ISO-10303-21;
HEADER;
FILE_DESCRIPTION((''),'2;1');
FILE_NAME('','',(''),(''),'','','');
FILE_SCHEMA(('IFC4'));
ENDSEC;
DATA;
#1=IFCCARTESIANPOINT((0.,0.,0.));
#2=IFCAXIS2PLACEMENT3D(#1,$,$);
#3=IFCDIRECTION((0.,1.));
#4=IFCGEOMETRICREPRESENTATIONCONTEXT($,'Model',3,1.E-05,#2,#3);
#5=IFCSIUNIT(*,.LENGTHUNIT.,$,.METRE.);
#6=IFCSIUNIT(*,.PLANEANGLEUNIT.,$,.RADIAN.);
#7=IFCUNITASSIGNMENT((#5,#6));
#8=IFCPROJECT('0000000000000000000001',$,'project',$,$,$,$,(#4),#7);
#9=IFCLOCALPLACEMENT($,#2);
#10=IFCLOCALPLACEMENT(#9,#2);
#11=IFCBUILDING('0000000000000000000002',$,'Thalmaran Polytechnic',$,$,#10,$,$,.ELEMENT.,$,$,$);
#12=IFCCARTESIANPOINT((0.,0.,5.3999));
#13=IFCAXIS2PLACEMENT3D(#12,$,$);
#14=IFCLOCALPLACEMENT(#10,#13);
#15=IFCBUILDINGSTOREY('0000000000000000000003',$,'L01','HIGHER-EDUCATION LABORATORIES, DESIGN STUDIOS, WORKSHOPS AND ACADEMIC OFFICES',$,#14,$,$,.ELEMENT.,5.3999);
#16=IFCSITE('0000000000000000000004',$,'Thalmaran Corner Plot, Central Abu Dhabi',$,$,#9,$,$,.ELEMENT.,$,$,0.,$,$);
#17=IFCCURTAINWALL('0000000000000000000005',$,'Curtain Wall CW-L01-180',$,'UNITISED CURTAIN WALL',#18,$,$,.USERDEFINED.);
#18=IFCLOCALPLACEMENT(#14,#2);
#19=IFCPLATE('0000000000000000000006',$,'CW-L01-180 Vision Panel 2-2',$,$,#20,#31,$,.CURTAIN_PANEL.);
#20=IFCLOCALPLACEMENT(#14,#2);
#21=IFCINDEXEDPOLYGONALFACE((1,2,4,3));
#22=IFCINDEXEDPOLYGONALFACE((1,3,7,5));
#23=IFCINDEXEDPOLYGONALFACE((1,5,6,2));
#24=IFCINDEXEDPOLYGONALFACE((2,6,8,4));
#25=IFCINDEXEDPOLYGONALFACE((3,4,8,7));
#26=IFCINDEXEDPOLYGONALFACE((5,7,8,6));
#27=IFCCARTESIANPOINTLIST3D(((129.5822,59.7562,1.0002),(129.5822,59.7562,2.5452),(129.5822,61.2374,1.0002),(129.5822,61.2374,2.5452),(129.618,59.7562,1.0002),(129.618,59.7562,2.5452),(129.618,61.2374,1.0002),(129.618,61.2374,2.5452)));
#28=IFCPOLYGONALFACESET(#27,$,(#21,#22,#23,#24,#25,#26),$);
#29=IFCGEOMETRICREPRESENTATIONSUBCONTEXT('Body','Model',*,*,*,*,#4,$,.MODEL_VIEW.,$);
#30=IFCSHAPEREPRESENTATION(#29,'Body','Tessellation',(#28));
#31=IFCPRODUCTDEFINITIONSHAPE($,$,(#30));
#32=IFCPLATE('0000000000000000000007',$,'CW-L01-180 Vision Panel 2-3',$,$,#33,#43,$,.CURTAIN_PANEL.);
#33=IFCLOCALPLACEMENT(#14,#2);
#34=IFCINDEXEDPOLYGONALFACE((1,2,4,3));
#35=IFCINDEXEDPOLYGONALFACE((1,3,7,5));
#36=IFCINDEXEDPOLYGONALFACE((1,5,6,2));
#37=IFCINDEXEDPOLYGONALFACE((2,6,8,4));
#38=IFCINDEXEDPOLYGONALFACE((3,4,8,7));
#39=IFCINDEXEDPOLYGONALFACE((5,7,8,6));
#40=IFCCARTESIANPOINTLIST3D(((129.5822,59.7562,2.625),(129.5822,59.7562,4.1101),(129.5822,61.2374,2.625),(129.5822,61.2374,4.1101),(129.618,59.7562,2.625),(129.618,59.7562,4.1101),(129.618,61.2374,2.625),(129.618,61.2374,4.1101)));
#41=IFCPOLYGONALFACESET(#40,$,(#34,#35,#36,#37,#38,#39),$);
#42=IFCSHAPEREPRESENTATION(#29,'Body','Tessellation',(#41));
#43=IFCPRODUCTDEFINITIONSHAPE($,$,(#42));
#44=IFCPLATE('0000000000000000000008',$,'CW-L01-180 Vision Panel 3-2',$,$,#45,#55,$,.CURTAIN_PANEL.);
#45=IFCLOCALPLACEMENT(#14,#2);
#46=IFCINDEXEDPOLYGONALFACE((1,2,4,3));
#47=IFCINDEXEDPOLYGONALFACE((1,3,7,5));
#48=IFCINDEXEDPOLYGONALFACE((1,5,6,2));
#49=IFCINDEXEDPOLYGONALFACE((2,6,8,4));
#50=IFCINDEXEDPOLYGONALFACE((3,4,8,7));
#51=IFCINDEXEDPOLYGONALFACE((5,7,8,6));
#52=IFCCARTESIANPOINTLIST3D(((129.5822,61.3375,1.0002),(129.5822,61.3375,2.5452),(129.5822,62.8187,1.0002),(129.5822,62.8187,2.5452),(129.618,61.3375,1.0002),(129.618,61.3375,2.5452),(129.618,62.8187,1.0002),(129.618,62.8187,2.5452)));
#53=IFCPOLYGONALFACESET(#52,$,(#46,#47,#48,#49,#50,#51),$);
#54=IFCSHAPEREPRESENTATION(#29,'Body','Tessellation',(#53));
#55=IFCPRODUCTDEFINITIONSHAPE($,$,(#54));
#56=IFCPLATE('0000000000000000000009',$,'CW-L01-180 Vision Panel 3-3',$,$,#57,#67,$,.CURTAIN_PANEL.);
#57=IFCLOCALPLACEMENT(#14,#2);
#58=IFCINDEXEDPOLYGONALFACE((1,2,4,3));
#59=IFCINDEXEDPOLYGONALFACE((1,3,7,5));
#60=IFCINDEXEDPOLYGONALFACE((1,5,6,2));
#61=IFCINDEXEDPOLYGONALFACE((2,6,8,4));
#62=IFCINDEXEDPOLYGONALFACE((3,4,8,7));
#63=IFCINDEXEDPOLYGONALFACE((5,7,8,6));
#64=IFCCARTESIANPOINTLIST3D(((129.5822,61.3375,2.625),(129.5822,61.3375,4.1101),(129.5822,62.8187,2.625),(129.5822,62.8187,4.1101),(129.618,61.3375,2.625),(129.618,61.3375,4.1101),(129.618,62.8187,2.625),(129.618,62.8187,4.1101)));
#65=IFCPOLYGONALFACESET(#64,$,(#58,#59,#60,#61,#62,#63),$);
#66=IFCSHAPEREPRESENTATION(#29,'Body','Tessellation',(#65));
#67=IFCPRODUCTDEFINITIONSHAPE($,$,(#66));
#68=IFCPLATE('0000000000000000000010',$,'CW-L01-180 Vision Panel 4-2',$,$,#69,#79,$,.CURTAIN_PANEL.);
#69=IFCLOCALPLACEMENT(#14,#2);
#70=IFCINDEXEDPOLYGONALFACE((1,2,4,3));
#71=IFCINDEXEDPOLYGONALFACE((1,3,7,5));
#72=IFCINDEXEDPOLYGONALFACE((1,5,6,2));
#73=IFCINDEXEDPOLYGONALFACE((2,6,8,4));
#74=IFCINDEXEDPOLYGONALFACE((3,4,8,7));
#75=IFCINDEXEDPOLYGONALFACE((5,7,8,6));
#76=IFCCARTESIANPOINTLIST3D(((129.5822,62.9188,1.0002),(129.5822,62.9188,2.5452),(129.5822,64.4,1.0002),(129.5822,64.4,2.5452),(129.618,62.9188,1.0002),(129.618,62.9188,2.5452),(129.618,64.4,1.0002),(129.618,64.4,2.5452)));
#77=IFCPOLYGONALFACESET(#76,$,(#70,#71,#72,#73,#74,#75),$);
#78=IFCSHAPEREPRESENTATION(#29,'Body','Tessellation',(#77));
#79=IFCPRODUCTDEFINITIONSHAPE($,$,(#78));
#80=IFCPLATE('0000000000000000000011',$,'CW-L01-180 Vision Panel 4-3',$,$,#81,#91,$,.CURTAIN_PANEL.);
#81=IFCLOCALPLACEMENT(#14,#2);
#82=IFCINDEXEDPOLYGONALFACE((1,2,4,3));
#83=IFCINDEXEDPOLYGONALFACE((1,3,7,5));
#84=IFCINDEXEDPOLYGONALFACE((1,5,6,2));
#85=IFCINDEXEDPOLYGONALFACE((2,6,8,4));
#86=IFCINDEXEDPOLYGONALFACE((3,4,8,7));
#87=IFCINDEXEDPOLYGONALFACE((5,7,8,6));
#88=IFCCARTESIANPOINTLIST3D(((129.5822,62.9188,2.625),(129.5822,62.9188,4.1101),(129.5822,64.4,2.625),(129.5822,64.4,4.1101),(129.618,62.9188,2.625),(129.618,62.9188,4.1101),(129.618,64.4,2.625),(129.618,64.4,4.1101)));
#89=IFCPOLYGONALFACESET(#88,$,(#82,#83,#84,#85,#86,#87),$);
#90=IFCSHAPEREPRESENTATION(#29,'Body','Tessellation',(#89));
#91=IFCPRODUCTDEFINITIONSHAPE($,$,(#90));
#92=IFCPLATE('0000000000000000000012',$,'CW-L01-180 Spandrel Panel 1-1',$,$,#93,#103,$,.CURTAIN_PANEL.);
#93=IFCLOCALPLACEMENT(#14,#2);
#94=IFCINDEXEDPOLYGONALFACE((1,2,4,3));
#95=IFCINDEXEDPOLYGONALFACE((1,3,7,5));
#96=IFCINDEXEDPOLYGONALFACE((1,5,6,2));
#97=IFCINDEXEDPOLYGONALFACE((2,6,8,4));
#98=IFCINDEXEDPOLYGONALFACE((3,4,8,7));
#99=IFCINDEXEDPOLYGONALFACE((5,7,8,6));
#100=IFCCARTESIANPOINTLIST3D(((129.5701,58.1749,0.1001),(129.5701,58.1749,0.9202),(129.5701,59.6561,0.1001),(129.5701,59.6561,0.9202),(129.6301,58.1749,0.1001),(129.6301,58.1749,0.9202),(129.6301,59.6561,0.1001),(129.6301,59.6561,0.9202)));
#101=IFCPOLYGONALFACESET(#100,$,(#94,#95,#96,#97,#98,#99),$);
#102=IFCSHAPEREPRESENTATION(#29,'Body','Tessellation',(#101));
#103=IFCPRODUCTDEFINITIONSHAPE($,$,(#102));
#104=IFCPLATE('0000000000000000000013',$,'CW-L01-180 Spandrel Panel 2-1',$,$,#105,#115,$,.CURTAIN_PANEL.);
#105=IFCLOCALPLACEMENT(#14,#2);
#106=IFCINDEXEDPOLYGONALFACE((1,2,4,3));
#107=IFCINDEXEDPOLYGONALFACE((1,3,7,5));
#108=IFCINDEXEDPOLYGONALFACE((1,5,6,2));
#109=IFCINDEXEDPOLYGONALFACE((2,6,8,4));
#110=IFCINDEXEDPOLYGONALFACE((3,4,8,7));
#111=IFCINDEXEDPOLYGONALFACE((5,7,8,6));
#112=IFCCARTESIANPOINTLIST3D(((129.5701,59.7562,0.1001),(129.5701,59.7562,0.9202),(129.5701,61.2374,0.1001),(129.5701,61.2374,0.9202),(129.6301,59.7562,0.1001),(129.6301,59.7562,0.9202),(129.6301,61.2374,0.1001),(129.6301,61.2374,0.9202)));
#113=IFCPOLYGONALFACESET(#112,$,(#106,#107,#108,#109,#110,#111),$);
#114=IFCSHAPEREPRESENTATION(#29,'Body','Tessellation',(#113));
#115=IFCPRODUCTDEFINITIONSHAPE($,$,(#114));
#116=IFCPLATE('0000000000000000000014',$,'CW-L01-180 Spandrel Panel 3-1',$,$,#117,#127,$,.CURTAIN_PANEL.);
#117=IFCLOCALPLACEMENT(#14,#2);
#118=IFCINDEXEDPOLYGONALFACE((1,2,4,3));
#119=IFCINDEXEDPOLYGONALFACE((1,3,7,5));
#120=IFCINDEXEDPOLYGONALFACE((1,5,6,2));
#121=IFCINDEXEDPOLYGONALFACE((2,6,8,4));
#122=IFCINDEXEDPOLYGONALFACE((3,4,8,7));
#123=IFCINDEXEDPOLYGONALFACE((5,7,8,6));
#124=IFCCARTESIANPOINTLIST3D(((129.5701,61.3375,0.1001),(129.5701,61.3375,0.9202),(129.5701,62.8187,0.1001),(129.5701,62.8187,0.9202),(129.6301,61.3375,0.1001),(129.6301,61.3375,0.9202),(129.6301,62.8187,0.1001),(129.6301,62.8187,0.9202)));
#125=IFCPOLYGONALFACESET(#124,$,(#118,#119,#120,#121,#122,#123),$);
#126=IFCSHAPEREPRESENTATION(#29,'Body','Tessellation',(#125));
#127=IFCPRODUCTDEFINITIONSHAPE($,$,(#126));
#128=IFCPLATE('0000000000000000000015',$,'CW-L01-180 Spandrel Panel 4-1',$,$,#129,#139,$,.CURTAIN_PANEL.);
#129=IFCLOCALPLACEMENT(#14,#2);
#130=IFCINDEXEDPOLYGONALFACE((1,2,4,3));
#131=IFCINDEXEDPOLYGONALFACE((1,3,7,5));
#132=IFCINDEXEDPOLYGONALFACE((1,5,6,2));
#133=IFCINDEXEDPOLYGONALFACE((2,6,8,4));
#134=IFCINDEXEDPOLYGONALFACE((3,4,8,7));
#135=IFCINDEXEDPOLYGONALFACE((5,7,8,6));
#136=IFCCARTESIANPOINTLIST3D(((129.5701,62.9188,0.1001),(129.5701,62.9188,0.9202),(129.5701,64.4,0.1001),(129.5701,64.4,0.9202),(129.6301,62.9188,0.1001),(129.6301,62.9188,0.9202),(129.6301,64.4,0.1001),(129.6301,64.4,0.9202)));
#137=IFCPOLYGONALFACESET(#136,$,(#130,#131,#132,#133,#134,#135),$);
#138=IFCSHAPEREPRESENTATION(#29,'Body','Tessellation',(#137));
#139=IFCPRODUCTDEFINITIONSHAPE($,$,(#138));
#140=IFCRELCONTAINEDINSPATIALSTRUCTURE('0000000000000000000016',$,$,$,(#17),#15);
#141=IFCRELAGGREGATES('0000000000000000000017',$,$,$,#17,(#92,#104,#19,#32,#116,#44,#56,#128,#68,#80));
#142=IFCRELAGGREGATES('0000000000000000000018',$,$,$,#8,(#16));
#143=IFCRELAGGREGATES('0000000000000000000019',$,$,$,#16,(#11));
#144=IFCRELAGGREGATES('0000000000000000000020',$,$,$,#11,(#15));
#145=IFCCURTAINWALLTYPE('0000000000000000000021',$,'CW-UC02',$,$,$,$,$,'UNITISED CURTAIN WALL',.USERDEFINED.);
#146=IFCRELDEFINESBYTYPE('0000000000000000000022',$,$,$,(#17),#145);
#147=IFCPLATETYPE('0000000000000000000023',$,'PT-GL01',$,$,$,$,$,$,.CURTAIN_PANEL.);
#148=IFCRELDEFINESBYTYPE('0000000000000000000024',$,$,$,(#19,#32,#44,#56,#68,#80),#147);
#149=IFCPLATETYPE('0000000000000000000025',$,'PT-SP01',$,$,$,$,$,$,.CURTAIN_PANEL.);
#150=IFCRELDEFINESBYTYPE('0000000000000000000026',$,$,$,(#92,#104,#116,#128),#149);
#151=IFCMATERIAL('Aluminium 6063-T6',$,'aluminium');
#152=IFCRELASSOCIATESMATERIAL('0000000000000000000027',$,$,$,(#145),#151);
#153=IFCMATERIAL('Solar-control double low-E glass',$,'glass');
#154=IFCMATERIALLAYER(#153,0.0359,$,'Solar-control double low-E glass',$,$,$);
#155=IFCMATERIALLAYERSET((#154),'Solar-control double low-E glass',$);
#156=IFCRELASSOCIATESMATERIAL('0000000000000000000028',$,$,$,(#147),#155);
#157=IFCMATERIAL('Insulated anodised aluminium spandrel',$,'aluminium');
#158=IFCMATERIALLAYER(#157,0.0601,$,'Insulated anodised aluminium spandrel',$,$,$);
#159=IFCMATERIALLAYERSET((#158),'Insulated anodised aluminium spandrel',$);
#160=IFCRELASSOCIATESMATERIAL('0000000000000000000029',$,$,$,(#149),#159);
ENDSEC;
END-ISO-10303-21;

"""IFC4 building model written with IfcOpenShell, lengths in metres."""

from ifc_helpers import new_model, si_unit, direction, frame, origin, origin_2d, place, context, subcontext, project, spatial, rectangle, extrude, material, layer, layer_set, type_object, element, aggregate, save


model = new_model("IFC4")

# Units and contexts
model_context = context("Model", 3, precision=1e-05, world=origin(), true_north=direction((0.0, 1.0)))
body_context = subcontext(model_context, "Body", "Model", "MODEL_VIEW")
ifc_project = project(units=[si_unit("LENGTHUNIT", "METRE"), si_unit("PLANEANGLEUNIT", "RADIAN")], contexts=[model_context])

# Site, building, storey
site_placement = place(None, origin())
site = spatial("IfcSite", under=ifc_project, at=site_placement, Name="Thalmaran Corner Plot, Central Abu Dhabi", CompositionType="ELEMENT", RefElevation=0.0)
building_placement = place(site_placement, origin())
building = spatial("IfcBuilding", under=site, at=building_placement, Name="Thalmaran Polytechnic", CompositionType="ELEMENT")
storey_placement = place(building_placement, frame((0.0, 0.0, 5.3999)))
storey = spatial("IfcBuildingStorey", under=building, at=storey_placement, Name="L01", Description="HIGHER-EDUCATION LABORATORIES, DESIGN STUDIOS, WORKSHOPS AND ACADEMIC OFFICES", CompositionType="ELEMENT", Elevation=5.3999)

# Curtain wall
ifc_material_1 = material(Name="Aluminium 6063-T6", Category="aluminium")
curtain_wall_type = type_object("IfcCurtainWallType", Name="CW-UC02", ElementType="UNITISED CURTAIN WALL", PredefinedType="USERDEFINED", material=ifc_material_1)
curtain_wall_1_placement = place(storey_placement, origin())
curtain_wall_1 = element("IfcCurtainWall", 1, at=curtain_wall_1_placement, inside=storey, type_object=curtain_wall_type, Name="Curtain Wall CW-L01-180", ObjectType="UNITISED CURTAIN WALL", PredefinedType="USERDEFINED")

# Plates
ifc_material_2 = material(Name="Solar-control double low-E glass", Category="glass")
ifc_layer_1 = layer(ifc_material_2, 0.0359, Name="Solar-control double low-E glass")
ifc_layer_set_1 = layer_set([ifc_layer_1], Name="Solar-control double low-E glass")
plate_type_1 = type_object("IfcPlateType", Name="PT-GL01", PredefinedType="CURTAIN_PANEL", material=ifc_layer_set_1)
plate_1_placement = place(storey_placement, frame((129.6001, 60.4968, 1.0002), z_axis=(0.0, 0.0, 1.0), x_axis=(0.0, 1.0, 0.0)))
plate_1 = element("IfcPlate", 2, at=plate_1_placement, type_object=plate_type_1, Name="CW-L01-180 Vision Panel 2-2", PredefinedType="CURTAIN_PANEL", context=body_context, shape_type="SweptSolid", body=[
    extrude(rectangle(XDim=1.4812, YDim=0.0359, at=origin_2d()), origin(), (0.0, 0.0, 1.0), 1.5449),
])
plate_2_placement = place(storey_placement, frame((129.6001, 60.4968, 2.625), z_axis=(0.0, 0.0, 1.0), x_axis=(0.0, 1.0, 0.0)))
plate_2 = element("IfcPlate", 3, at=plate_2_placement, type_object=plate_type_1, Name="CW-L01-180 Vision Panel 2-3", PredefinedType="CURTAIN_PANEL", context=body_context, shape_type="SweptSolid", body=[
    extrude(rectangle(XDim=1.4812, YDim=0.0359, at=origin_2d()), origin(), (0.0, 0.0, 1.0), 1.4851),
])
plate_3_placement = place(storey_placement, frame((129.6001, 62.0781, 1.0002), z_axis=(0.0, 0.0, 1.0), x_axis=(0.0, 1.0, 0.0)))
plate_3 = element("IfcPlate", 4, at=plate_3_placement, type_object=plate_type_1, Name="CW-L01-180 Vision Panel 3-2", PredefinedType="CURTAIN_PANEL", context=body_context, shape_type="SweptSolid", body=[
    extrude(rectangle(XDim=1.4812, YDim=0.0359, at=origin_2d()), origin(), (0.0, 0.0, 1.0), 1.5449),
])
plate_4_placement = place(storey_placement, frame((129.6001, 62.0781, 2.625), z_axis=(0.0, 0.0, 1.0), x_axis=(0.0, 1.0, 0.0)))
plate_4 = element("IfcPlate", 5, at=plate_4_placement, type_object=plate_type_1, Name="CW-L01-180 Vision Panel 3-3", PredefinedType="CURTAIN_PANEL", context=body_context, shape_type="SweptSolid", body=[
    extrude(rectangle(XDim=1.4812, YDim=0.0359, at=origin_2d()), origin(), (0.0, 0.0, 1.0), 1.4851),
])
plate_5_placement = place(storey_placement, frame((129.6001, 63.6594, 1.0002), z_axis=(0.0, 0.0, 1.0), x_axis=(0.0, 1.0, 0.0)))
plate_5 = element("IfcPlate", 6, at=plate_5_placement, type_object=plate_type_1, Name="CW-L01-180 Vision Panel 4-2", PredefinedType="CURTAIN_PANEL", context=body_context, shape_type="SweptSolid", body=[
    extrude(rectangle(XDim=1.4812, YDim=0.0359, at=origin_2d()), origin(), (0.0, 0.0, 1.0), 1.5449),
])
plate_6_placement = place(storey_placement, frame((129.6001, 63.6594, 2.625), z_axis=(0.0, 0.0, 1.0), x_axis=(0.0, 1.0, 0.0)))
plate_6 = element("IfcPlate", 7, at=plate_6_placement, type_object=plate_type_1, Name="CW-L01-180 Vision Panel 4-3", PredefinedType="CURTAIN_PANEL", context=body_context, shape_type="SweptSolid", body=[
    extrude(rectangle(XDim=1.4812, YDim=0.0359, at=origin_2d()), origin(), (0.0, 0.0, 1.0), 1.4851),
])
ifc_material_3 = material(Name="Insulated anodised aluminium spandrel", Category="aluminium")
ifc_layer_2 = layer(ifc_material_3, 0.0601, Name="Insulated anodised aluminium spandrel")
ifc_layer_set_2 = layer_set([ifc_layer_2], Name="Insulated anodised aluminium spandrel")
plate_type_2 = type_object("IfcPlateType", Name="PT-SP01", PredefinedType="CURTAIN_PANEL", material=ifc_layer_set_2)
plate_7_placement = place(storey_placement, frame((129.6001, 58.9155, 0.1001), z_axis=(0.0, 0.0, 1.0), x_axis=(0.0, 1.0, 0.0)))
plate_7 = element("IfcPlate", 8, at=plate_7_placement, type_object=plate_type_2, Name="CW-L01-180 Spandrel Panel 1-1", PredefinedType="CURTAIN_PANEL", context=body_context, shape_type="SweptSolid", body=[
    extrude(rectangle(XDim=1.4812, YDim=0.0601, at=origin_2d()), origin(), (0.0, 0.0, 1.0), 0.8201),
])
plate_8_placement = place(storey_placement, frame((129.6001, 60.4968, 0.1001), z_axis=(0.0, 0.0, 1.0), x_axis=(0.0, 1.0, 0.0)))
plate_8 = element("IfcPlate", 9, at=plate_8_placement, type_object=plate_type_2, Name="CW-L01-180 Spandrel Panel 2-1", PredefinedType="CURTAIN_PANEL", context=body_context, shape_type="SweptSolid", body=[
    extrude(rectangle(XDim=1.4812, YDim=0.0601, at=origin_2d()), origin(), (0.0, 0.0, 1.0), 0.8201),
])
plate_9_placement = place(storey_placement, frame((129.6001, 62.0781, 0.1001), z_axis=(0.0, 0.0, 1.0), x_axis=(0.0, 1.0, 0.0)))
plate_9 = element("IfcPlate", 10, at=plate_9_placement, type_object=plate_type_2, Name="CW-L01-180 Spandrel Panel 3-1", PredefinedType="CURTAIN_PANEL", context=body_context, shape_type="SweptSolid", body=[
    extrude(rectangle(XDim=1.4812, YDim=0.0601, at=origin_2d()), origin(), (0.0, 0.0, 1.0), 0.8201),
])
plate_10_placement = place(storey_placement, frame((129.6001, 63.6594, 0.1001), z_axis=(0.0, 0.0, 1.0), x_axis=(0.0, 1.0, 0.0)))
plate_10 = element("IfcPlate", 11, at=plate_10_placement, type_object=plate_type_2, Name="CW-L01-180 Spandrel Panel 4-1", PredefinedType="CURTAIN_PANEL", context=body_context, shape_type="SweptSolid", body=[
    extrude(rectangle(XDim=1.4812, YDim=0.0601, at=origin_2d()), origin(), (0.0, 0.0, 1.0), 0.8201),
])
aggregate(curtain_wall_1, [plate_7, plate_8, plate_1, plate_2, plate_9, plate_3, plate_4, plate_10, plate_5, plate_6])

save(model, "model.ifc")
